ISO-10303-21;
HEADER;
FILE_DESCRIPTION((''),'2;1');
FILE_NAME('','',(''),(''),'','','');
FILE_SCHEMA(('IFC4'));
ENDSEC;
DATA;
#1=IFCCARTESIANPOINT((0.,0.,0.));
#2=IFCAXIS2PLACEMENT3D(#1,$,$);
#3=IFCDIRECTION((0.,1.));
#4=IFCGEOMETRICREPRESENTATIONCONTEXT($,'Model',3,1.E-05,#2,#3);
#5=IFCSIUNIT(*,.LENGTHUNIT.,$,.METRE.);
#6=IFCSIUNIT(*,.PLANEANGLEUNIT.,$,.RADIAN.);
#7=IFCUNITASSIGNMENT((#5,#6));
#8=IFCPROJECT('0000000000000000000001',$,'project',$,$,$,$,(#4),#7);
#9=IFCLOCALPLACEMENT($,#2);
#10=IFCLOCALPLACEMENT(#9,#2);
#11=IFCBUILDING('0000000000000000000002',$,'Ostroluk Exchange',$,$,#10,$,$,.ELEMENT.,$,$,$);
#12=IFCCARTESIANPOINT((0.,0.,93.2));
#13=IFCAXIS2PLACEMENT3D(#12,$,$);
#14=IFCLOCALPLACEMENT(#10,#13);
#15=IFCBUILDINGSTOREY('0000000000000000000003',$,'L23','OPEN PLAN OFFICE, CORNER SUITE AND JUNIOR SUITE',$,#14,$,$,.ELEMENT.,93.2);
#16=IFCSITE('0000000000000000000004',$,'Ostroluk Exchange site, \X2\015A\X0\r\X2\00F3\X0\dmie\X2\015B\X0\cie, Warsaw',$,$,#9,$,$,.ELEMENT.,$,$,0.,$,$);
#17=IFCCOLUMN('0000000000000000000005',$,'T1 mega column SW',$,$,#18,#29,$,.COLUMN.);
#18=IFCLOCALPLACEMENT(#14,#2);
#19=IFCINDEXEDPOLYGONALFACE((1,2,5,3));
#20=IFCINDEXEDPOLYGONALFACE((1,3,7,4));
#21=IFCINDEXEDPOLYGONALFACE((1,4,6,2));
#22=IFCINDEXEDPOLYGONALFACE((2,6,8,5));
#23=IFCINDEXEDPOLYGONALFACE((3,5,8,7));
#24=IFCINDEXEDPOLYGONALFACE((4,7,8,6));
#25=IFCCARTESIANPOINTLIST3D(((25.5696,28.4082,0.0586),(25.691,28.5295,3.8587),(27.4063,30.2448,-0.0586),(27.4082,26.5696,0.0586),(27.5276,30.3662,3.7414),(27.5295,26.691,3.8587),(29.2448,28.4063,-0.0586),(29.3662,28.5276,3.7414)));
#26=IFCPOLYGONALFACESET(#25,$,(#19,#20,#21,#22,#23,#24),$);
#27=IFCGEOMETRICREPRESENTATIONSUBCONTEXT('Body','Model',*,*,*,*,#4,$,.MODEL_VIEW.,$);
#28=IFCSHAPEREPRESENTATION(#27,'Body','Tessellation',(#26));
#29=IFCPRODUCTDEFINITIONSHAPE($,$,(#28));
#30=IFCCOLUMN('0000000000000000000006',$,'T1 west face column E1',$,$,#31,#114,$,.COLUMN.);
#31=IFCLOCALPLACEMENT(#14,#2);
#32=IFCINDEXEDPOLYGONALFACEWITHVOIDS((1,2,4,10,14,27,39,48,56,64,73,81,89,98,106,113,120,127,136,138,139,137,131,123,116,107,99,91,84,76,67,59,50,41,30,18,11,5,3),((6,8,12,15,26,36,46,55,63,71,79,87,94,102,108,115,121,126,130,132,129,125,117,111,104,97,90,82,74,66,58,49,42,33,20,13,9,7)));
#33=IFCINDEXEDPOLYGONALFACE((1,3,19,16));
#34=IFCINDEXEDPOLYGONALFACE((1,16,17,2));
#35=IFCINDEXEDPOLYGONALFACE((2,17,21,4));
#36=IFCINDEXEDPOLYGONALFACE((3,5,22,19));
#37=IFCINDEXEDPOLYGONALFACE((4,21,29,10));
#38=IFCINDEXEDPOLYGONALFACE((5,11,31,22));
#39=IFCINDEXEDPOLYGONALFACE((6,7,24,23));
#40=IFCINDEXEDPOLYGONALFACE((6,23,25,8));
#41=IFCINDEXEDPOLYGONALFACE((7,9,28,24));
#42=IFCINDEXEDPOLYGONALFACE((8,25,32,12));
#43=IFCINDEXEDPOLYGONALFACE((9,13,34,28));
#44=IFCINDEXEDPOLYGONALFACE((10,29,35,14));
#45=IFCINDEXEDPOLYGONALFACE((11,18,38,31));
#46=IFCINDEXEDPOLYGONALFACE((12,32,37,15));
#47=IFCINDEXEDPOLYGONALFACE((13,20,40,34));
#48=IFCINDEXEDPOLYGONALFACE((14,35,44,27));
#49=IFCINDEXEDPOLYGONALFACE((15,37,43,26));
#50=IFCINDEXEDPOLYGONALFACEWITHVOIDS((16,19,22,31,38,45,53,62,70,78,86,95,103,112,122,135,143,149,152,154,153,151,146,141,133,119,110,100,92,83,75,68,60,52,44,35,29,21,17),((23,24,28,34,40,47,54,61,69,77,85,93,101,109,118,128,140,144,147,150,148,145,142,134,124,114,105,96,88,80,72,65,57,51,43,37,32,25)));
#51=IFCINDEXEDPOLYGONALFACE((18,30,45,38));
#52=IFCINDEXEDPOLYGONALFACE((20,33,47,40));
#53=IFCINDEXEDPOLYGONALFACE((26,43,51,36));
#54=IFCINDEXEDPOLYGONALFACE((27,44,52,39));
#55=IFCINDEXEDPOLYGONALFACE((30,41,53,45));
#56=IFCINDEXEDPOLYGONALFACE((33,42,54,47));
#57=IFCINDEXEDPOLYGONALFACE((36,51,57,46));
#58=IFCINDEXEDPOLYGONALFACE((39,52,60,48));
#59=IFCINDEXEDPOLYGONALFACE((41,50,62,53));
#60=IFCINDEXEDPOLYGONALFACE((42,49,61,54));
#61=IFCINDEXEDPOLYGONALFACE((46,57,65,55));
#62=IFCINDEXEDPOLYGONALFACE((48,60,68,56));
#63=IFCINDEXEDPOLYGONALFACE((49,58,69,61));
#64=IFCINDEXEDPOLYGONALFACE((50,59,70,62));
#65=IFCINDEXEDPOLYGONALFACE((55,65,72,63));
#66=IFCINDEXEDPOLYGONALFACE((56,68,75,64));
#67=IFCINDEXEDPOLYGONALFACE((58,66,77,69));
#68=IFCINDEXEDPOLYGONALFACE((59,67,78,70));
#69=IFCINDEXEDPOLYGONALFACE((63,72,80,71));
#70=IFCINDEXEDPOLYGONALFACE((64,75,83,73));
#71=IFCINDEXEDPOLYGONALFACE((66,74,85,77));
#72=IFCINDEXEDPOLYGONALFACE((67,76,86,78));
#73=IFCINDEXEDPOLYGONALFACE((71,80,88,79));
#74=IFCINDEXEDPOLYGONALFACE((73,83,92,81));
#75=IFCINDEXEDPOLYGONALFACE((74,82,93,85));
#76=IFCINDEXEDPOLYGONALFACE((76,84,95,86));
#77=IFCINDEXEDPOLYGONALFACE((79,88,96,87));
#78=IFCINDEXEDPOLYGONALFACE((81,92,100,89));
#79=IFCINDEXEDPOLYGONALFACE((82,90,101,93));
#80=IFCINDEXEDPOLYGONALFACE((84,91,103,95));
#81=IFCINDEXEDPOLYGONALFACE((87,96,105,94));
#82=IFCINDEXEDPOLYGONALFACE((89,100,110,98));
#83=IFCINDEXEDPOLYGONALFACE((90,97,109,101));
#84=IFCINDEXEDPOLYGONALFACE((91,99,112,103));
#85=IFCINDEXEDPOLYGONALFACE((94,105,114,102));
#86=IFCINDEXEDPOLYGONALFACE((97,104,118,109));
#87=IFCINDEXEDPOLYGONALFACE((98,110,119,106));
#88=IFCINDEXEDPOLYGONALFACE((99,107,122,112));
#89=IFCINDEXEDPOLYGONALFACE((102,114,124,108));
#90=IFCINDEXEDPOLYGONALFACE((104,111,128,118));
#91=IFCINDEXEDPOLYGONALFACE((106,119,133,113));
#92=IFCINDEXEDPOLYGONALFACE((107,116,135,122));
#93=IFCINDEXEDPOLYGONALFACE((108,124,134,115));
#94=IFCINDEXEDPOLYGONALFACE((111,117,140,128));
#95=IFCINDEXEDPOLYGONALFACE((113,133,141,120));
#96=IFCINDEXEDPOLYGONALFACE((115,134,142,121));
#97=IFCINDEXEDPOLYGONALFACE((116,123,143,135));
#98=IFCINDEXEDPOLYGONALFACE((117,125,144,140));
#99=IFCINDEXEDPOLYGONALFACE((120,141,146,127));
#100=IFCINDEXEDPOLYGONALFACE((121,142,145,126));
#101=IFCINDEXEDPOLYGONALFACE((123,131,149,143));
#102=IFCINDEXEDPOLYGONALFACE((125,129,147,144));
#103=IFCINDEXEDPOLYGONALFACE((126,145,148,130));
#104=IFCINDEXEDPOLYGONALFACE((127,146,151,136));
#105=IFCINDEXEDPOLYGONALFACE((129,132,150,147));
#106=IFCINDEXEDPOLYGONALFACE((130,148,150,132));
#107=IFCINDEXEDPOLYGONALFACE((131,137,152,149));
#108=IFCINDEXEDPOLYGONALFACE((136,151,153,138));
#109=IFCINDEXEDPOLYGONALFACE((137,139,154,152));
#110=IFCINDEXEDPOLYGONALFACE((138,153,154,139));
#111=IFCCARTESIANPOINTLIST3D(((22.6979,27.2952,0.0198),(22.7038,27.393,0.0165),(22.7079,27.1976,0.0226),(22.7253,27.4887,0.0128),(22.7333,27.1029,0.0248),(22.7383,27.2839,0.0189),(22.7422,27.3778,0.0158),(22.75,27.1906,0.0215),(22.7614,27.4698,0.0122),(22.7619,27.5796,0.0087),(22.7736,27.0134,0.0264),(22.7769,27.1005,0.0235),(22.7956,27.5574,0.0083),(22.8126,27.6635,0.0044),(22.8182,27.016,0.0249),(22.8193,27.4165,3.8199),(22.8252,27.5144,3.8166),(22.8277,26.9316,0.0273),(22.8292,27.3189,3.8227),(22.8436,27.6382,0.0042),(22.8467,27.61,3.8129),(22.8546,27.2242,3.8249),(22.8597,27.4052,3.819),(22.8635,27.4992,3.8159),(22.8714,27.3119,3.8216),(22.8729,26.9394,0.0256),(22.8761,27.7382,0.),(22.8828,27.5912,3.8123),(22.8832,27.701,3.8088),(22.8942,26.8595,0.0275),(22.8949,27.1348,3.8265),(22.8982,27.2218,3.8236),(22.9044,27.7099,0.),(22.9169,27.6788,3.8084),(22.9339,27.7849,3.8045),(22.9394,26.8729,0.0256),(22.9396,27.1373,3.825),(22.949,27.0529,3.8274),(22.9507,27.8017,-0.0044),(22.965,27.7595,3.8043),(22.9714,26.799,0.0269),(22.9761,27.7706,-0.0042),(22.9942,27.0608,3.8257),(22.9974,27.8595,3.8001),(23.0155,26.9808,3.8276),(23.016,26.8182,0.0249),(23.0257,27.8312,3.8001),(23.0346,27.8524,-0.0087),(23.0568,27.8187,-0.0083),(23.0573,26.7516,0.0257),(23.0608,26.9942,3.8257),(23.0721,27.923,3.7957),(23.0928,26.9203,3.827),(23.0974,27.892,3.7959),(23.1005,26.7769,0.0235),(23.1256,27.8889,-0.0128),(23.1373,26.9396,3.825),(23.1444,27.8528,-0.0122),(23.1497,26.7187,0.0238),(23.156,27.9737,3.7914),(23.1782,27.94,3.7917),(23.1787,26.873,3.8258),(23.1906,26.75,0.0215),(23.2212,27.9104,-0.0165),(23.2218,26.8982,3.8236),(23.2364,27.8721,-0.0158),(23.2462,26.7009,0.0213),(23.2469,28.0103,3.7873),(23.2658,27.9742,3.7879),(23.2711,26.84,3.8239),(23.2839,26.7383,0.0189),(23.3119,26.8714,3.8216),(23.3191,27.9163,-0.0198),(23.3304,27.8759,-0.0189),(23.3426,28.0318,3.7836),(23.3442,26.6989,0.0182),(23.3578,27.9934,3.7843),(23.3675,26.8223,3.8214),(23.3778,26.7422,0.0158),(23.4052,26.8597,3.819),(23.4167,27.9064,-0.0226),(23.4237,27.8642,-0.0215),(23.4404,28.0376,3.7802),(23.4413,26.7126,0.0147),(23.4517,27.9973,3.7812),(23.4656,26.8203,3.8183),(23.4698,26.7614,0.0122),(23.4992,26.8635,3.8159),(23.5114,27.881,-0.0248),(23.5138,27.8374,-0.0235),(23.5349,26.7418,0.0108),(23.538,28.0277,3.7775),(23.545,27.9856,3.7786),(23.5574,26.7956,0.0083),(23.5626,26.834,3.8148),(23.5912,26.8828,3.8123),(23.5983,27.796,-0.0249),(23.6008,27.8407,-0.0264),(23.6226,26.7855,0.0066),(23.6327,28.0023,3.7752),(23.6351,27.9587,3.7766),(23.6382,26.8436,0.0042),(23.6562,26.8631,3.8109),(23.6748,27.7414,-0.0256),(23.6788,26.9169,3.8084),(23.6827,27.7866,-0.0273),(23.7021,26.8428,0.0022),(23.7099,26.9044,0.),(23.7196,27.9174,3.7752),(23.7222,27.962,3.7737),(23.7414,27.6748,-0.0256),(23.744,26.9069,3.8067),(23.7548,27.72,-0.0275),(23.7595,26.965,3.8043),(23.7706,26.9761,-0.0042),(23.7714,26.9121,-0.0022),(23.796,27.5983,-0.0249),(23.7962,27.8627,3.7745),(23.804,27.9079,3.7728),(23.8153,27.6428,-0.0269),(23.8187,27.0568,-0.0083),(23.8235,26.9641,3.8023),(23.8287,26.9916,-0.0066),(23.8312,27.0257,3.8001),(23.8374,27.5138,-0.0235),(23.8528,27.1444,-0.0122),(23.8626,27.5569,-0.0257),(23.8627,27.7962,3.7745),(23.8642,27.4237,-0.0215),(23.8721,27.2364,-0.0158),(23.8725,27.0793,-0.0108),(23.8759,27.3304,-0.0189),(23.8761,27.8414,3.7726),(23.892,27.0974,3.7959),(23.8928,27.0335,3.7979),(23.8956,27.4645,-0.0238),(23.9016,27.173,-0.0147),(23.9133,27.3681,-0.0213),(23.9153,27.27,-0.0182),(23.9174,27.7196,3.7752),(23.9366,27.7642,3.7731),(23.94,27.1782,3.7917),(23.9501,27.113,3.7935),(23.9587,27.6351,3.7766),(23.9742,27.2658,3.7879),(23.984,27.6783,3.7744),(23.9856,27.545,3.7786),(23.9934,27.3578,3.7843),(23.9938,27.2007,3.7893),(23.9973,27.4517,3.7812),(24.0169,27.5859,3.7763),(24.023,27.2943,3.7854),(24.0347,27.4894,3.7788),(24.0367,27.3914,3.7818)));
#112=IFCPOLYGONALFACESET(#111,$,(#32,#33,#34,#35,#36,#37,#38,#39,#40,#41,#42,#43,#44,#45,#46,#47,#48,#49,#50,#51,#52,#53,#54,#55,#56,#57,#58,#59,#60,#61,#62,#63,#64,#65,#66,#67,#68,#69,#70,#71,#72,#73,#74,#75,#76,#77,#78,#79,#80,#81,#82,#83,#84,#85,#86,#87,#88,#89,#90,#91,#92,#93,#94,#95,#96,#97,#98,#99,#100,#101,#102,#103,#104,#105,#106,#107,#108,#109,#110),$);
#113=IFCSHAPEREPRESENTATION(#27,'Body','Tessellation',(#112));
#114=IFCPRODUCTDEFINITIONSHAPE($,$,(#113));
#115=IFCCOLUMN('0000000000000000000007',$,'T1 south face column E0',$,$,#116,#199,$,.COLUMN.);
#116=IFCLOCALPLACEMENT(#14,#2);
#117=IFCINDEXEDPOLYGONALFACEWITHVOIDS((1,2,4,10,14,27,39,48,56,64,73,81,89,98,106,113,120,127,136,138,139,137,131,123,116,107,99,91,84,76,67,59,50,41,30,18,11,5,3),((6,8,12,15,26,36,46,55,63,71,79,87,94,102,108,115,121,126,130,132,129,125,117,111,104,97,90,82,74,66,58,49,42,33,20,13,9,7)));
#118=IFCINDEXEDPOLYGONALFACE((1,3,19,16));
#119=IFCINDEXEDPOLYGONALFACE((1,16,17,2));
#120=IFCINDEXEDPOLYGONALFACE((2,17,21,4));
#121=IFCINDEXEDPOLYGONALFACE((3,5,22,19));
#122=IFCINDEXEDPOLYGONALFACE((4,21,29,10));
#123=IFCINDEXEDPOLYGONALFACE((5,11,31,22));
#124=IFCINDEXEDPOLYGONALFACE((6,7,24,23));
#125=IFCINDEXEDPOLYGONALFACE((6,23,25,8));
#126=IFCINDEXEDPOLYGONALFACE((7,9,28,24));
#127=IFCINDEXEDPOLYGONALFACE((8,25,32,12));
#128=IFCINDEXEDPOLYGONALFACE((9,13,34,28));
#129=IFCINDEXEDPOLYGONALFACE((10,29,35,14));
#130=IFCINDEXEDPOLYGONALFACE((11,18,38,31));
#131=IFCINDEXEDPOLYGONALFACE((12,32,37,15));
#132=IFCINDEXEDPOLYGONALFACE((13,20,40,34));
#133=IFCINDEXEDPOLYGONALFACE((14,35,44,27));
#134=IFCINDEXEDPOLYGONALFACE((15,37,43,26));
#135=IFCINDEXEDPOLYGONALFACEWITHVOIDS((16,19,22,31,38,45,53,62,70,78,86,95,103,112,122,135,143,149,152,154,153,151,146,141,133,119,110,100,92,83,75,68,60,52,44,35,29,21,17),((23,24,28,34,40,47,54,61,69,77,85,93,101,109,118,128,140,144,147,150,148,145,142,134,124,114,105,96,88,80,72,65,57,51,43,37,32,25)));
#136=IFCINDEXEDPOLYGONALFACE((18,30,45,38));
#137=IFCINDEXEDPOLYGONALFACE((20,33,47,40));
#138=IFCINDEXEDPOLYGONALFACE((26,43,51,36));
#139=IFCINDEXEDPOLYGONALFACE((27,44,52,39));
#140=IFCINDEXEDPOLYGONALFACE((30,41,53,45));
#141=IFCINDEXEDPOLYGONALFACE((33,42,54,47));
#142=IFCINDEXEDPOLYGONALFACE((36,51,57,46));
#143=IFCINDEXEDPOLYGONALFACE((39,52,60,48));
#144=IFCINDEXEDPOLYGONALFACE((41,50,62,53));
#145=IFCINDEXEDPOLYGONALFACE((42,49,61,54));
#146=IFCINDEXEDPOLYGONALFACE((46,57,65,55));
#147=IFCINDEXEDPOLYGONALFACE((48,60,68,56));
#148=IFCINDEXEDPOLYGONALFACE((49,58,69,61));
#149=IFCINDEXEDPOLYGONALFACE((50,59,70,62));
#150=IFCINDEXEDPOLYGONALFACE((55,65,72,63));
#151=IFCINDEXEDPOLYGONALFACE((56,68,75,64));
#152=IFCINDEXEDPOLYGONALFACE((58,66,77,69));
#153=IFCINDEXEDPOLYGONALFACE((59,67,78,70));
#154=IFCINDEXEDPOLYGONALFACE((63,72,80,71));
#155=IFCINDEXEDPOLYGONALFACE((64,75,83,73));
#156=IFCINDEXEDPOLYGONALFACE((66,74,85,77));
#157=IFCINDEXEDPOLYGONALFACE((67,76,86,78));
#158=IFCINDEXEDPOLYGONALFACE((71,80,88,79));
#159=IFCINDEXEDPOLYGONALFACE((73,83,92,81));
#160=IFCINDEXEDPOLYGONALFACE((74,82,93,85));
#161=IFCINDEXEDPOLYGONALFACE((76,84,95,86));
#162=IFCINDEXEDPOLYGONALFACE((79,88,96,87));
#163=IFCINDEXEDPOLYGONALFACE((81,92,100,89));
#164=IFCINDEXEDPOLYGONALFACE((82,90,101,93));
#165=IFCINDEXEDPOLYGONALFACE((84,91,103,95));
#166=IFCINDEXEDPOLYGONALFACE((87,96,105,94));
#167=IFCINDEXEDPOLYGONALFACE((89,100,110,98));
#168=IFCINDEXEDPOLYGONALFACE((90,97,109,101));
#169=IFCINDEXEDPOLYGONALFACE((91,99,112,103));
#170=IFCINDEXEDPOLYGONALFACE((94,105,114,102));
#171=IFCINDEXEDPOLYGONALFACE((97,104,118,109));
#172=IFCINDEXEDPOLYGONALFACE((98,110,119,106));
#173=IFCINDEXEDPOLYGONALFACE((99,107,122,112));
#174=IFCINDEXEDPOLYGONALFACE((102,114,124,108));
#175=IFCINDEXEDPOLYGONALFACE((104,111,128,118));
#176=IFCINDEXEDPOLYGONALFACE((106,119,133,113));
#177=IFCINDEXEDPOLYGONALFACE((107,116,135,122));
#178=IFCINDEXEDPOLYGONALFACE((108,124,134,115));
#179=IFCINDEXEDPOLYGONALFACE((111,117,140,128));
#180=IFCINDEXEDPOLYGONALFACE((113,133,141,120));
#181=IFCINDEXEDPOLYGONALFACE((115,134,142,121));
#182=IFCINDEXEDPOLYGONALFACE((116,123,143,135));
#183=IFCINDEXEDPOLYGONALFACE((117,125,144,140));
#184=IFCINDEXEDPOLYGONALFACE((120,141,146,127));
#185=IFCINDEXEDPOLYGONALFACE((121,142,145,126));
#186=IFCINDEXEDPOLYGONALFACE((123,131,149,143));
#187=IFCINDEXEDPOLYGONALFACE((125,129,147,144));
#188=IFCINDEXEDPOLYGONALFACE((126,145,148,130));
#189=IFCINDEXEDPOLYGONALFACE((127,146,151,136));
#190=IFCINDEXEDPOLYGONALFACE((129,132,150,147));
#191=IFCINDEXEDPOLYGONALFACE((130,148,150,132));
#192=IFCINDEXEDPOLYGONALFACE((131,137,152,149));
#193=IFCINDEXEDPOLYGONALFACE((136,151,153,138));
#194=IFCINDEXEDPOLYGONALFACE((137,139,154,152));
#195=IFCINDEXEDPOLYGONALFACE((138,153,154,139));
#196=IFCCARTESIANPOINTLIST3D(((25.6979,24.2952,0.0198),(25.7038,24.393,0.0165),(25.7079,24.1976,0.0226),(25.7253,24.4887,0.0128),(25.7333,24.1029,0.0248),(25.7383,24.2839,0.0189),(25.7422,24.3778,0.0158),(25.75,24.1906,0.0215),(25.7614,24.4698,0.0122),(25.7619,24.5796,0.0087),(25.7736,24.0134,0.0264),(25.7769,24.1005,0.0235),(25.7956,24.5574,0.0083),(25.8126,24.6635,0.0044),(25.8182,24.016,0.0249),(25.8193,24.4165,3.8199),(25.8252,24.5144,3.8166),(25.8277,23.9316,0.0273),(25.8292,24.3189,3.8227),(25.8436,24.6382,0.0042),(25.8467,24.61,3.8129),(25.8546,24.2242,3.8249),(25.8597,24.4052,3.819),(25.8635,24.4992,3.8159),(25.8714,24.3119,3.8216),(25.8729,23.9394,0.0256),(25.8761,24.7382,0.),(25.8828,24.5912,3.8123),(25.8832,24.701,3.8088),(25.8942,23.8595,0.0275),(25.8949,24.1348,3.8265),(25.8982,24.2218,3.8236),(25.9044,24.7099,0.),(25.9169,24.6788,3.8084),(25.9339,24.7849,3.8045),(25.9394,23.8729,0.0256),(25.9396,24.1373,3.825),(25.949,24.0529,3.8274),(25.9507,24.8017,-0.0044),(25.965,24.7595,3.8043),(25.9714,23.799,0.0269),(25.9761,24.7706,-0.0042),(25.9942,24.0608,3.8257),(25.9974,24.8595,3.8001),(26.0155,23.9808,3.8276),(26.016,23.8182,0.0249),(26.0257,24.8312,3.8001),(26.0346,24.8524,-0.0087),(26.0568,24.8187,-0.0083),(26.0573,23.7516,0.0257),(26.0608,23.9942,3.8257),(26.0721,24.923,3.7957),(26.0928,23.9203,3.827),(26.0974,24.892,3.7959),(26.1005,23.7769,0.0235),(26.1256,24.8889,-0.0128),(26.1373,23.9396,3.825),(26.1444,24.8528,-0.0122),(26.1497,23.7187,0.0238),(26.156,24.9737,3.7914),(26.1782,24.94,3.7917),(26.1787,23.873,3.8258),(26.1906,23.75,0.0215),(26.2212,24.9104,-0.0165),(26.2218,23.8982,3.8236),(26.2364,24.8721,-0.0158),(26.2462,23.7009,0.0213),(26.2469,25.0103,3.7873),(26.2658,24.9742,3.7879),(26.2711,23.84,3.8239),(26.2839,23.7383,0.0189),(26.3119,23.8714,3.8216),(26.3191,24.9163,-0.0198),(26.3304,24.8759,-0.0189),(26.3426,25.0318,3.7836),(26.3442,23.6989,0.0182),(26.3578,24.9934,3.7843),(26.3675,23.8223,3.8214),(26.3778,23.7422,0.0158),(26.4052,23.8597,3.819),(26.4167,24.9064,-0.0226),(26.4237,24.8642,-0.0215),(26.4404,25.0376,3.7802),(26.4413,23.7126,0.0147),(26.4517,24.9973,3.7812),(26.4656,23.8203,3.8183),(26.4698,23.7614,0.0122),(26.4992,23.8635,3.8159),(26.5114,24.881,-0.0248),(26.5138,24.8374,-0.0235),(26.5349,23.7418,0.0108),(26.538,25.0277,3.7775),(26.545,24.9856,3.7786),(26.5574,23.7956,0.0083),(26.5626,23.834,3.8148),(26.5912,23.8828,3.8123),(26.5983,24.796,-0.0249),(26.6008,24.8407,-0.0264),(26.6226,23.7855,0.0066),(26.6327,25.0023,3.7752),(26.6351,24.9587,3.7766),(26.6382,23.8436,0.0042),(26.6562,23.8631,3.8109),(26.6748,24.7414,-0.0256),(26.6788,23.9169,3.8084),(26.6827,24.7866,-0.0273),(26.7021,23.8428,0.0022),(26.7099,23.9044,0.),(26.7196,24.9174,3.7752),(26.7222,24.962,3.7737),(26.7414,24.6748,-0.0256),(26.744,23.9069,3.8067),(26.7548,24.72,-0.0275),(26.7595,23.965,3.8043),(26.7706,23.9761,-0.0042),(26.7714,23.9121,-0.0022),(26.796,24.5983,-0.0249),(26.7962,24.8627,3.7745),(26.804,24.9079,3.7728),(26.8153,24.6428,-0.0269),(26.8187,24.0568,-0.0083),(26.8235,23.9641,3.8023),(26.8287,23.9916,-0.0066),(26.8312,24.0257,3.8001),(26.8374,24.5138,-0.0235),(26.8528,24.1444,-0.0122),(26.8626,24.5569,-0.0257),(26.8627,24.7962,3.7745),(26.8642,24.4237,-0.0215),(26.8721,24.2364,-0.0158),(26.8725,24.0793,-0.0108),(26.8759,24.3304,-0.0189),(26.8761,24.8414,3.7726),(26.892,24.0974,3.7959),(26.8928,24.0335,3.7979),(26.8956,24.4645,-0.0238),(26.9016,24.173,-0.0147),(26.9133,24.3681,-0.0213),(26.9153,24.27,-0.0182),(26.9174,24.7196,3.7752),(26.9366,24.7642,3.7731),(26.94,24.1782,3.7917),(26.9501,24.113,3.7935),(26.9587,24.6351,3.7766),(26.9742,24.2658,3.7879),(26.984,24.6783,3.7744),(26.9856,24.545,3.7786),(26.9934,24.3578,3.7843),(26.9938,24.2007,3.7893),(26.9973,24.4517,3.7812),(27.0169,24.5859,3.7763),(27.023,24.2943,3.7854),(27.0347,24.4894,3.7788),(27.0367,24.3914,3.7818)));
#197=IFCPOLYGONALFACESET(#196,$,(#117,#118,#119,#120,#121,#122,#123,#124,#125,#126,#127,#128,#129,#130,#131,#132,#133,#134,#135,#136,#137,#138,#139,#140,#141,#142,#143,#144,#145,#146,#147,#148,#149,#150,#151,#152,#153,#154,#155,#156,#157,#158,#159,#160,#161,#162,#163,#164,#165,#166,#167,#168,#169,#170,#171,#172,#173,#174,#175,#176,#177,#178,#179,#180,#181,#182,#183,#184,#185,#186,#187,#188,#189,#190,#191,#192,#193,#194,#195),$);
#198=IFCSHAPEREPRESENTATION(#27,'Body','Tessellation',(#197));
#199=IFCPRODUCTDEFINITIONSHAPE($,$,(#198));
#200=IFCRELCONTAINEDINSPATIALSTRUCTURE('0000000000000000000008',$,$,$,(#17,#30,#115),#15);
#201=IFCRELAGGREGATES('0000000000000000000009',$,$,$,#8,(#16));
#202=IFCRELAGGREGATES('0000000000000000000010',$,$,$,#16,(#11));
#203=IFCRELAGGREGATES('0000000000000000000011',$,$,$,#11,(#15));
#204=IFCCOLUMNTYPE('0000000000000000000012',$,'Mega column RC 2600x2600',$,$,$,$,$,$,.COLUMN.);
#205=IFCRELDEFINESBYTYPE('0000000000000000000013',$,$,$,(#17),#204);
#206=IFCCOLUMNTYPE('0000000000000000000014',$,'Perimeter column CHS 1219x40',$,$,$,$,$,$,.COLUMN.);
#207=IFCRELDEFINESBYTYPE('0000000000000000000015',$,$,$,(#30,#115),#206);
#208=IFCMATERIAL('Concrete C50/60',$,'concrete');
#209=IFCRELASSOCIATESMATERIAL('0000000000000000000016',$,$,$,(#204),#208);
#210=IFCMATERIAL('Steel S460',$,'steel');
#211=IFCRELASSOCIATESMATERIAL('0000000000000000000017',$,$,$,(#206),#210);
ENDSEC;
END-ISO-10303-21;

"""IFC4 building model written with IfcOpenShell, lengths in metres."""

from ifc_helpers import new_model, si_unit, direction, frame, origin, origin_2d, place, context, subcontext, project, spatial, rectangle, hollow_circle, extrude, material, material_profile, profile_set, type_object, element, save


model = new_model("IFC4")

# Units and contexts
model_context = context("Model", 3, precision=1e-05, world=origin(), true_north=direction((0.0, 1.0)))
body_context = subcontext(model_context, "Body", "Model", "MODEL_VIEW")
ifc_project = project(units=[si_unit("LENGTHUNIT", "METRE"), si_unit("PLANEANGLEUNIT", "RADIAN")], contexts=[model_context])

# Site, building, storey
site_placement = place(None, origin())
site = spatial("IfcSite", under=ifc_project, at=site_placement, Name="Ostroluk Exchange site, Śródmieście, Warsaw", CompositionType="ELEMENT", RefElevation=0.0)
building_placement = place(site_placement, origin())
building = spatial("IfcBuilding", under=site, at=building_placement, Name="Ostroluk Exchange", CompositionType="ELEMENT")
storey_placement = place(building_placement, frame((0.0, 0.0, 93.2)))
storey = spatial("IfcBuildingStorey", under=building, at=storey_placement, Name="L23", Description="OPEN PLAN OFFICE, CORNER SUITE AND JUNIOR SUITE", CompositionType="ELEMENT", Elevation=93.2)

# Columns
ifc_material_1 = material(Name="Concrete C50/60", Category="concrete")
ifc_material_profile_1 = material_profile(ifc_material_1, rectangle(XDim=2.6001, YDim=2.6001, at=origin_2d()), Name="RC 2600x2600")
ifc_profile_set_1 = profile_set([ifc_material_profile_1], Name="Concrete C50/60")
column_type_1 = type_object("IfcColumnType", Name="Mega column RC 2600x2600", PredefinedType="COLUMN", material=ifc_profile_set_1)
column_1_placement = place(storey_placement, frame((27.4072, 28.4072, 0.0), z_axis=(0.031898, 0.031898, 0.998982), x_axis=(-0.707107, 0.707107, 0.0)))
element("IfcColumn", 1, at=column_1_placement, inside=storey, type_object=column_type_1, Name="T1 mega column SW", PredefinedType="COLUMN", context=body_context, shape_type="SweptSolid", body=[
    extrude(rectangle(XDim=2.6001, YDim=2.6001, at=origin_2d()), origin(), (0.0, 0.0, 1.0), 3.804),
])
ifc_material_2 = material(Name="Steel S460", Category="steel")
ifc_material_profile_2 = material_profile(ifc_material_2, hollow_circle(Radius=0.6096, WallThickness=0.04, at=origin_2d()), Name="CHS 1219x40")
ifc_profile_set_2 = profile_set([ifc_material_profile_2], Name="Steel S460")
column_type_2 = type_object("IfcColumnType", Name="Perimeter column CHS 1219x40", PredefinedType="COLUMN", material=ifc_profile_set_2)
for number, where, z_axis, x_axis, name in (
    (2, (23.3071, 27.3071, 0.0), (0.031898, 0.031898, 0.998982), (-0.707107, 0.707107, 0.0), "T1 west face column E1"),
    (3, (26.3071, 24.3071, 0.0), (0.031898, 0.031898, 0.998982), (-0.707107, 0.707107, 0.0), "T1 south face column E0"),
):
    element("IfcColumn", number, at=place(storey_placement, frame(where, z_axis=z_axis, x_axis=x_axis)), inside=storey, type_object=column_type_2, Name=name, PredefinedType="COLUMN", context=body_context, shape_type="SweptSolid", body=[
        extrude(hollow_circle(Radius=0.6096, WallThickness=0.04, at=origin_2d()), origin(), (0.0, 0.0, 1.0), 3.804),
    ])

save(model, "model.ifc")
